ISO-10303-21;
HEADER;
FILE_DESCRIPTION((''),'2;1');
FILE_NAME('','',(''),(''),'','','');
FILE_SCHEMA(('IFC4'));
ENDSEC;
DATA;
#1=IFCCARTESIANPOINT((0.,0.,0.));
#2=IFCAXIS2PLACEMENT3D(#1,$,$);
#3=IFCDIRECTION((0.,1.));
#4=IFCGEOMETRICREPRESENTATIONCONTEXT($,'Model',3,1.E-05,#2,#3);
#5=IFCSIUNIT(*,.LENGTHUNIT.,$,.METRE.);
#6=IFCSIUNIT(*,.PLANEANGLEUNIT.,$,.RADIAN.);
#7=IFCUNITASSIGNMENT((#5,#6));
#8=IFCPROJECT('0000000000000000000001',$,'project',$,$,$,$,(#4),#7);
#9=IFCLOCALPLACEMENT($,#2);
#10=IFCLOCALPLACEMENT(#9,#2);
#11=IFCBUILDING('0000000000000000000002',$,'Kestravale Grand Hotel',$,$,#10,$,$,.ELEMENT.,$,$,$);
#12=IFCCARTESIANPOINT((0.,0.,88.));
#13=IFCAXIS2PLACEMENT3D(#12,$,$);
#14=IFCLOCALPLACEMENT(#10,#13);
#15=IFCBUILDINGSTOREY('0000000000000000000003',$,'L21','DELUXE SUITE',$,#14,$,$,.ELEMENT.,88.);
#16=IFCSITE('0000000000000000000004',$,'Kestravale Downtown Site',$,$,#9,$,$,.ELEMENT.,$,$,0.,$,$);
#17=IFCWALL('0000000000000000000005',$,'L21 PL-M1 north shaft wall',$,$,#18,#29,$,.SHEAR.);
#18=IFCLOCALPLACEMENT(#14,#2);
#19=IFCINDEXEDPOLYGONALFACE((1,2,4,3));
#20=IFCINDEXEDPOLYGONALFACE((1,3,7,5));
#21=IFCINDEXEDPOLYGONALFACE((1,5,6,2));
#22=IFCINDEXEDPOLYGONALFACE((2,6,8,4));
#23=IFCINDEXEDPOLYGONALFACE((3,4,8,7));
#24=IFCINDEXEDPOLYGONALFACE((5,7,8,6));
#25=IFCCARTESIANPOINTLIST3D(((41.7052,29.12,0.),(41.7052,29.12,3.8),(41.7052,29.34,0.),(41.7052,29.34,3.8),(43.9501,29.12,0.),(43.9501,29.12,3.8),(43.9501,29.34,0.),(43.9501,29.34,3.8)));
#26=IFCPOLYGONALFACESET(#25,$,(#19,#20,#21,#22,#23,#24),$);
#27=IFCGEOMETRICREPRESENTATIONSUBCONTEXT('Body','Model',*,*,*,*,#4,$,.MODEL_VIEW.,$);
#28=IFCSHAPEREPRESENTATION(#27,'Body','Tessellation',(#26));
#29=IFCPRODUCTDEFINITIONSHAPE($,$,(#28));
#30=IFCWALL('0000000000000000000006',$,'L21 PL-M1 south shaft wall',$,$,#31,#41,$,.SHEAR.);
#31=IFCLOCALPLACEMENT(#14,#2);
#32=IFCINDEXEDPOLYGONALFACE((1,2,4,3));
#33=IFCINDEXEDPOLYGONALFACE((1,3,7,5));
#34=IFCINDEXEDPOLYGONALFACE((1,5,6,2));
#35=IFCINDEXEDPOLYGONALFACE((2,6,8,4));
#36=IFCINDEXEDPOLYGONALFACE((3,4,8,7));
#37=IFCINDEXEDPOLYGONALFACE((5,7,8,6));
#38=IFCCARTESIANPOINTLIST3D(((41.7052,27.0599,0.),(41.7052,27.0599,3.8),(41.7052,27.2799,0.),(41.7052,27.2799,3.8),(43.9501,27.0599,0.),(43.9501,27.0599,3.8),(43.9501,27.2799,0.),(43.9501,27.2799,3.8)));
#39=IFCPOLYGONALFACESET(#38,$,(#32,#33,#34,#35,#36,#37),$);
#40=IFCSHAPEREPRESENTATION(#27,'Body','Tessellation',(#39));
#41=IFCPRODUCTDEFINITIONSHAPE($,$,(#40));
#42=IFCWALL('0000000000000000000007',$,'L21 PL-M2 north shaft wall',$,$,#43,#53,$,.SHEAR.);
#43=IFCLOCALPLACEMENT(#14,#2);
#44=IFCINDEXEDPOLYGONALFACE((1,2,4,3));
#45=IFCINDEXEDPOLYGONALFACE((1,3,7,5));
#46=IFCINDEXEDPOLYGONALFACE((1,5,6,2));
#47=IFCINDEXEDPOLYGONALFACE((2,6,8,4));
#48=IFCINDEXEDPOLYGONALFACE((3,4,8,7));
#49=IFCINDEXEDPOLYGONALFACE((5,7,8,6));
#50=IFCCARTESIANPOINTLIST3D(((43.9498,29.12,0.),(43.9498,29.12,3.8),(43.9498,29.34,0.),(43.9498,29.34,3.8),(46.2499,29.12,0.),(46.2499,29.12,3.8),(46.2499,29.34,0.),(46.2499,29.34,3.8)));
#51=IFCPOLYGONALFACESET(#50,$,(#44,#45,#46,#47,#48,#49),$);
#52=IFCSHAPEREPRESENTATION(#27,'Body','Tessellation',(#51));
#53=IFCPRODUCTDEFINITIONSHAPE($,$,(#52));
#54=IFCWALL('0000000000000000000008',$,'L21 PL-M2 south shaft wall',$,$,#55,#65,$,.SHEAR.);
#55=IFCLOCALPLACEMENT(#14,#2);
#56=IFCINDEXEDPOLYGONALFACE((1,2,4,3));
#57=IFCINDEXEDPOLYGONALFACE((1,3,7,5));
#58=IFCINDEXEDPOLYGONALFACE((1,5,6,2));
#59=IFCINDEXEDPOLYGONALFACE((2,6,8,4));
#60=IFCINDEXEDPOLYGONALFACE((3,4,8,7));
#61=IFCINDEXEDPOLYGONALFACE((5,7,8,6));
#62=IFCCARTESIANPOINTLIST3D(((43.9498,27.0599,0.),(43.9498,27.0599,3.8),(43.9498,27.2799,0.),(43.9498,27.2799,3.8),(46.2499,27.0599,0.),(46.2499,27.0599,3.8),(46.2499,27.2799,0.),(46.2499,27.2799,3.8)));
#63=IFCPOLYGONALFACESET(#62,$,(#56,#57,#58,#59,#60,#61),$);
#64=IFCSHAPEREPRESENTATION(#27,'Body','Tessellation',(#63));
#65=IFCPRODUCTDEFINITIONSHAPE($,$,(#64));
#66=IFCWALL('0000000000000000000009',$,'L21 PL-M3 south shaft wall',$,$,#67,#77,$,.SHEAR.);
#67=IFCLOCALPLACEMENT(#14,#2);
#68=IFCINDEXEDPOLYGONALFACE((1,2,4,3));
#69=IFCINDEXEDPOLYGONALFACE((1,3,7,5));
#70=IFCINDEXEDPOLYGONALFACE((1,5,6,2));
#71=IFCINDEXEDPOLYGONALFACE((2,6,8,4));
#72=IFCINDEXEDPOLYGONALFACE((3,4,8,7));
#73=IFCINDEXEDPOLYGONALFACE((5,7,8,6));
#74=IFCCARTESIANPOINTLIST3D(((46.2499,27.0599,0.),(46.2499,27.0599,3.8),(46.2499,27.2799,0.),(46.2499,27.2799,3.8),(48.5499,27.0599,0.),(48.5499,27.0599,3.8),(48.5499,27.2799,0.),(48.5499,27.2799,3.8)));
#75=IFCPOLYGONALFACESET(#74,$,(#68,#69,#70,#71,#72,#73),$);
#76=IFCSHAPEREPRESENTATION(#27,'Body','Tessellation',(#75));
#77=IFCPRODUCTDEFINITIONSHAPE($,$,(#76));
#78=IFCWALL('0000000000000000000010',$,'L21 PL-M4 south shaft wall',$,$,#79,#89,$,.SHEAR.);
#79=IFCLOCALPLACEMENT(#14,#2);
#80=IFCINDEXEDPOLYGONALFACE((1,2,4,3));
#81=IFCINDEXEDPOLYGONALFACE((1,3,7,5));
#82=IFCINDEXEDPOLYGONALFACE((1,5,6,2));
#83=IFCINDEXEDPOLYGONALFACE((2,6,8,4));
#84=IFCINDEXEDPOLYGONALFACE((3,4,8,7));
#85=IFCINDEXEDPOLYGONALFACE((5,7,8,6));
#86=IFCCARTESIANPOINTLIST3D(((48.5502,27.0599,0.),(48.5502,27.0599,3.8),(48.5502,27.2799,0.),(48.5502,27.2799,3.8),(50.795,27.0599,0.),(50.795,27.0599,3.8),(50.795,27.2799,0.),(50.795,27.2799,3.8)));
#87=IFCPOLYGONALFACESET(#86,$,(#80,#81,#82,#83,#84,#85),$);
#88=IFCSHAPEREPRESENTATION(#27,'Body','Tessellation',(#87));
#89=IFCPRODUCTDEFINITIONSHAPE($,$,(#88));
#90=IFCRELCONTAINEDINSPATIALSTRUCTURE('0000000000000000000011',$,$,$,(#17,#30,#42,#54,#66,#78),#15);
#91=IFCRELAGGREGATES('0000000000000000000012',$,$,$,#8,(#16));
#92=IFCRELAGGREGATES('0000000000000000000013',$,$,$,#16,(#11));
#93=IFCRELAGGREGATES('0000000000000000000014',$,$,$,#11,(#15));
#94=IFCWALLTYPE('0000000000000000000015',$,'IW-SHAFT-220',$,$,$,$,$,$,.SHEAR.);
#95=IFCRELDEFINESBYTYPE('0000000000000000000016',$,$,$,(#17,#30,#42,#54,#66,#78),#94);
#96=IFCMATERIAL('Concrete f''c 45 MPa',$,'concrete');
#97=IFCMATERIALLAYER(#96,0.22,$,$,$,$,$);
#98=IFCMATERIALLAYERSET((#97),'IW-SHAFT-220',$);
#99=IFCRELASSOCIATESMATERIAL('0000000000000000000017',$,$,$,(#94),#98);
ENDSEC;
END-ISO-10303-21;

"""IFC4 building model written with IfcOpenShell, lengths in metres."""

from ifc_helpers import new_model, si_unit, direction, frame, frame_2d, origin, place, context, subcontext, project, spatial, rectangle, extrude, material, layer, layer_set, type_object, element, save


model = new_model("IFC4")

# Units and contexts
model_context = context("Model", 3, precision=1e-05, world=origin(), true_north=direction((0.0, 1.0)))
body_context = subcontext(model_context, "Body", "Model", "MODEL_VIEW")
ifc_project = project(units=[si_unit("LENGTHUNIT", "METRE"), si_unit("PLANEANGLEUNIT", "RADIAN")], contexts=[model_context])

# Site, building, storey
site_placement = place(None, origin())
site = spatial("IfcSite", under=ifc_project, at=site_placement, Name="Kestravale Downtown Site", CompositionType="ELEMENT", RefElevation=0.0)
building_placement = place(site_placement, origin())
building = spatial("IfcBuilding", under=site, at=building_placement, Name="Kestravale Grand Hotel", CompositionType="ELEMENT")
storey_placement = place(building_placement, frame((0.0, 0.0, 88.0)))
storey = spatial("IfcBuildingStorey", under=building, at=storey_placement, Name="L21", Description="DELUXE SUITE", CompositionType="ELEMENT", Elevation=88.0)

# Walls
ifc_material_1 = material(Name="Concrete f'c 45 MPa", Category="concrete")
ifc_layer_1 = layer(ifc_material_1, 0.22)
ifc_layer_set_1 = layer_set([ifc_layer_1], Name="IW-SHAFT-220")
wall_type_1 = type_object("IfcWallType", Name="IW-SHAFT-220", PredefinedType="SHEAR", material=ifc_layer_set_1)
for number, where, z_axis, x_axis, name in (
    (1, (41.7051, 29.23, 0.0), (0.0, 0.0, 1.0), (1.0, 0.0, 0.0), "L21 PL-M1 north shaft wall"),
    (2, (41.7051, 27.1699, 0.0), (0.0, 0.0, 1.0), (1.0, 0.0, 0.0), "L21 PL-M1 south shaft wall"),
):
    element("IfcWall", number, at=place(storey_placement, frame(where, z_axis=z_axis, x_axis=x_axis)), inside=storey, type_object=wall_type_1, Name=name, PredefinedType="SHEAR", context=body_context, shape_type="SweptSolid", body=[
        extrude(rectangle(XDim=2.2449, YDim=0.22, at=frame_2d((1.1226, 0.0))), origin(), (0.0, 0.0, 1.0), 3.8),
    ])
for number, where, z_axis, x_axis, name in (
    (3, (43.95, 29.23, 0.0), (0.0, 0.0, 1.0), (1.0, 0.0, 0.0), "L21 PL-M2 north shaft wall"),
    (4, (43.95, 27.1699, 0.0), (0.0, 0.0, 1.0), (1.0, 0.0, 0.0), "L21 PL-M2 south shaft wall"),
    (5, (46.25, 27.1699, 0.0), (0.0, 0.0, 1.0), (1.0, 0.0, 0.0), "L21 PL-M3 south shaft wall"),
):
    element("IfcWall", number, at=place(storey_placement, frame(where, z_axis=z_axis, x_axis=x_axis)), inside=storey, type_object=wall_type_1, Name=name, PredefinedType="SHEAR", context=body_context, shape_type="SweptSolid", body=[
        extrude(rectangle(XDim=2.3, YDim=0.22, at=frame_2d((1.1499, 0.0))), origin(), (0.0, 0.0, 1.0), 3.8),
    ])
wall_1_placement = place(storey_placement, frame((48.55, 27.1699, 0.0), z_axis=(0.0, 0.0, 1.0), x_axis=(1.0, 0.0, 0.0)))
element("IfcWall", 6, at=wall_1_placement, inside=storey, type_object=wall_type_1, Name="L21 PL-M4 south shaft wall", PredefinedType="SHEAR", context=body_context, shape_type="SweptSolid", body=[
    extrude(rectangle(XDim=2.2449, YDim=0.22, at=frame_2d((1.1226, 0.0))), origin(), (0.0, 0.0, 1.0), 3.8),
])

save(model, "model.ifc")
